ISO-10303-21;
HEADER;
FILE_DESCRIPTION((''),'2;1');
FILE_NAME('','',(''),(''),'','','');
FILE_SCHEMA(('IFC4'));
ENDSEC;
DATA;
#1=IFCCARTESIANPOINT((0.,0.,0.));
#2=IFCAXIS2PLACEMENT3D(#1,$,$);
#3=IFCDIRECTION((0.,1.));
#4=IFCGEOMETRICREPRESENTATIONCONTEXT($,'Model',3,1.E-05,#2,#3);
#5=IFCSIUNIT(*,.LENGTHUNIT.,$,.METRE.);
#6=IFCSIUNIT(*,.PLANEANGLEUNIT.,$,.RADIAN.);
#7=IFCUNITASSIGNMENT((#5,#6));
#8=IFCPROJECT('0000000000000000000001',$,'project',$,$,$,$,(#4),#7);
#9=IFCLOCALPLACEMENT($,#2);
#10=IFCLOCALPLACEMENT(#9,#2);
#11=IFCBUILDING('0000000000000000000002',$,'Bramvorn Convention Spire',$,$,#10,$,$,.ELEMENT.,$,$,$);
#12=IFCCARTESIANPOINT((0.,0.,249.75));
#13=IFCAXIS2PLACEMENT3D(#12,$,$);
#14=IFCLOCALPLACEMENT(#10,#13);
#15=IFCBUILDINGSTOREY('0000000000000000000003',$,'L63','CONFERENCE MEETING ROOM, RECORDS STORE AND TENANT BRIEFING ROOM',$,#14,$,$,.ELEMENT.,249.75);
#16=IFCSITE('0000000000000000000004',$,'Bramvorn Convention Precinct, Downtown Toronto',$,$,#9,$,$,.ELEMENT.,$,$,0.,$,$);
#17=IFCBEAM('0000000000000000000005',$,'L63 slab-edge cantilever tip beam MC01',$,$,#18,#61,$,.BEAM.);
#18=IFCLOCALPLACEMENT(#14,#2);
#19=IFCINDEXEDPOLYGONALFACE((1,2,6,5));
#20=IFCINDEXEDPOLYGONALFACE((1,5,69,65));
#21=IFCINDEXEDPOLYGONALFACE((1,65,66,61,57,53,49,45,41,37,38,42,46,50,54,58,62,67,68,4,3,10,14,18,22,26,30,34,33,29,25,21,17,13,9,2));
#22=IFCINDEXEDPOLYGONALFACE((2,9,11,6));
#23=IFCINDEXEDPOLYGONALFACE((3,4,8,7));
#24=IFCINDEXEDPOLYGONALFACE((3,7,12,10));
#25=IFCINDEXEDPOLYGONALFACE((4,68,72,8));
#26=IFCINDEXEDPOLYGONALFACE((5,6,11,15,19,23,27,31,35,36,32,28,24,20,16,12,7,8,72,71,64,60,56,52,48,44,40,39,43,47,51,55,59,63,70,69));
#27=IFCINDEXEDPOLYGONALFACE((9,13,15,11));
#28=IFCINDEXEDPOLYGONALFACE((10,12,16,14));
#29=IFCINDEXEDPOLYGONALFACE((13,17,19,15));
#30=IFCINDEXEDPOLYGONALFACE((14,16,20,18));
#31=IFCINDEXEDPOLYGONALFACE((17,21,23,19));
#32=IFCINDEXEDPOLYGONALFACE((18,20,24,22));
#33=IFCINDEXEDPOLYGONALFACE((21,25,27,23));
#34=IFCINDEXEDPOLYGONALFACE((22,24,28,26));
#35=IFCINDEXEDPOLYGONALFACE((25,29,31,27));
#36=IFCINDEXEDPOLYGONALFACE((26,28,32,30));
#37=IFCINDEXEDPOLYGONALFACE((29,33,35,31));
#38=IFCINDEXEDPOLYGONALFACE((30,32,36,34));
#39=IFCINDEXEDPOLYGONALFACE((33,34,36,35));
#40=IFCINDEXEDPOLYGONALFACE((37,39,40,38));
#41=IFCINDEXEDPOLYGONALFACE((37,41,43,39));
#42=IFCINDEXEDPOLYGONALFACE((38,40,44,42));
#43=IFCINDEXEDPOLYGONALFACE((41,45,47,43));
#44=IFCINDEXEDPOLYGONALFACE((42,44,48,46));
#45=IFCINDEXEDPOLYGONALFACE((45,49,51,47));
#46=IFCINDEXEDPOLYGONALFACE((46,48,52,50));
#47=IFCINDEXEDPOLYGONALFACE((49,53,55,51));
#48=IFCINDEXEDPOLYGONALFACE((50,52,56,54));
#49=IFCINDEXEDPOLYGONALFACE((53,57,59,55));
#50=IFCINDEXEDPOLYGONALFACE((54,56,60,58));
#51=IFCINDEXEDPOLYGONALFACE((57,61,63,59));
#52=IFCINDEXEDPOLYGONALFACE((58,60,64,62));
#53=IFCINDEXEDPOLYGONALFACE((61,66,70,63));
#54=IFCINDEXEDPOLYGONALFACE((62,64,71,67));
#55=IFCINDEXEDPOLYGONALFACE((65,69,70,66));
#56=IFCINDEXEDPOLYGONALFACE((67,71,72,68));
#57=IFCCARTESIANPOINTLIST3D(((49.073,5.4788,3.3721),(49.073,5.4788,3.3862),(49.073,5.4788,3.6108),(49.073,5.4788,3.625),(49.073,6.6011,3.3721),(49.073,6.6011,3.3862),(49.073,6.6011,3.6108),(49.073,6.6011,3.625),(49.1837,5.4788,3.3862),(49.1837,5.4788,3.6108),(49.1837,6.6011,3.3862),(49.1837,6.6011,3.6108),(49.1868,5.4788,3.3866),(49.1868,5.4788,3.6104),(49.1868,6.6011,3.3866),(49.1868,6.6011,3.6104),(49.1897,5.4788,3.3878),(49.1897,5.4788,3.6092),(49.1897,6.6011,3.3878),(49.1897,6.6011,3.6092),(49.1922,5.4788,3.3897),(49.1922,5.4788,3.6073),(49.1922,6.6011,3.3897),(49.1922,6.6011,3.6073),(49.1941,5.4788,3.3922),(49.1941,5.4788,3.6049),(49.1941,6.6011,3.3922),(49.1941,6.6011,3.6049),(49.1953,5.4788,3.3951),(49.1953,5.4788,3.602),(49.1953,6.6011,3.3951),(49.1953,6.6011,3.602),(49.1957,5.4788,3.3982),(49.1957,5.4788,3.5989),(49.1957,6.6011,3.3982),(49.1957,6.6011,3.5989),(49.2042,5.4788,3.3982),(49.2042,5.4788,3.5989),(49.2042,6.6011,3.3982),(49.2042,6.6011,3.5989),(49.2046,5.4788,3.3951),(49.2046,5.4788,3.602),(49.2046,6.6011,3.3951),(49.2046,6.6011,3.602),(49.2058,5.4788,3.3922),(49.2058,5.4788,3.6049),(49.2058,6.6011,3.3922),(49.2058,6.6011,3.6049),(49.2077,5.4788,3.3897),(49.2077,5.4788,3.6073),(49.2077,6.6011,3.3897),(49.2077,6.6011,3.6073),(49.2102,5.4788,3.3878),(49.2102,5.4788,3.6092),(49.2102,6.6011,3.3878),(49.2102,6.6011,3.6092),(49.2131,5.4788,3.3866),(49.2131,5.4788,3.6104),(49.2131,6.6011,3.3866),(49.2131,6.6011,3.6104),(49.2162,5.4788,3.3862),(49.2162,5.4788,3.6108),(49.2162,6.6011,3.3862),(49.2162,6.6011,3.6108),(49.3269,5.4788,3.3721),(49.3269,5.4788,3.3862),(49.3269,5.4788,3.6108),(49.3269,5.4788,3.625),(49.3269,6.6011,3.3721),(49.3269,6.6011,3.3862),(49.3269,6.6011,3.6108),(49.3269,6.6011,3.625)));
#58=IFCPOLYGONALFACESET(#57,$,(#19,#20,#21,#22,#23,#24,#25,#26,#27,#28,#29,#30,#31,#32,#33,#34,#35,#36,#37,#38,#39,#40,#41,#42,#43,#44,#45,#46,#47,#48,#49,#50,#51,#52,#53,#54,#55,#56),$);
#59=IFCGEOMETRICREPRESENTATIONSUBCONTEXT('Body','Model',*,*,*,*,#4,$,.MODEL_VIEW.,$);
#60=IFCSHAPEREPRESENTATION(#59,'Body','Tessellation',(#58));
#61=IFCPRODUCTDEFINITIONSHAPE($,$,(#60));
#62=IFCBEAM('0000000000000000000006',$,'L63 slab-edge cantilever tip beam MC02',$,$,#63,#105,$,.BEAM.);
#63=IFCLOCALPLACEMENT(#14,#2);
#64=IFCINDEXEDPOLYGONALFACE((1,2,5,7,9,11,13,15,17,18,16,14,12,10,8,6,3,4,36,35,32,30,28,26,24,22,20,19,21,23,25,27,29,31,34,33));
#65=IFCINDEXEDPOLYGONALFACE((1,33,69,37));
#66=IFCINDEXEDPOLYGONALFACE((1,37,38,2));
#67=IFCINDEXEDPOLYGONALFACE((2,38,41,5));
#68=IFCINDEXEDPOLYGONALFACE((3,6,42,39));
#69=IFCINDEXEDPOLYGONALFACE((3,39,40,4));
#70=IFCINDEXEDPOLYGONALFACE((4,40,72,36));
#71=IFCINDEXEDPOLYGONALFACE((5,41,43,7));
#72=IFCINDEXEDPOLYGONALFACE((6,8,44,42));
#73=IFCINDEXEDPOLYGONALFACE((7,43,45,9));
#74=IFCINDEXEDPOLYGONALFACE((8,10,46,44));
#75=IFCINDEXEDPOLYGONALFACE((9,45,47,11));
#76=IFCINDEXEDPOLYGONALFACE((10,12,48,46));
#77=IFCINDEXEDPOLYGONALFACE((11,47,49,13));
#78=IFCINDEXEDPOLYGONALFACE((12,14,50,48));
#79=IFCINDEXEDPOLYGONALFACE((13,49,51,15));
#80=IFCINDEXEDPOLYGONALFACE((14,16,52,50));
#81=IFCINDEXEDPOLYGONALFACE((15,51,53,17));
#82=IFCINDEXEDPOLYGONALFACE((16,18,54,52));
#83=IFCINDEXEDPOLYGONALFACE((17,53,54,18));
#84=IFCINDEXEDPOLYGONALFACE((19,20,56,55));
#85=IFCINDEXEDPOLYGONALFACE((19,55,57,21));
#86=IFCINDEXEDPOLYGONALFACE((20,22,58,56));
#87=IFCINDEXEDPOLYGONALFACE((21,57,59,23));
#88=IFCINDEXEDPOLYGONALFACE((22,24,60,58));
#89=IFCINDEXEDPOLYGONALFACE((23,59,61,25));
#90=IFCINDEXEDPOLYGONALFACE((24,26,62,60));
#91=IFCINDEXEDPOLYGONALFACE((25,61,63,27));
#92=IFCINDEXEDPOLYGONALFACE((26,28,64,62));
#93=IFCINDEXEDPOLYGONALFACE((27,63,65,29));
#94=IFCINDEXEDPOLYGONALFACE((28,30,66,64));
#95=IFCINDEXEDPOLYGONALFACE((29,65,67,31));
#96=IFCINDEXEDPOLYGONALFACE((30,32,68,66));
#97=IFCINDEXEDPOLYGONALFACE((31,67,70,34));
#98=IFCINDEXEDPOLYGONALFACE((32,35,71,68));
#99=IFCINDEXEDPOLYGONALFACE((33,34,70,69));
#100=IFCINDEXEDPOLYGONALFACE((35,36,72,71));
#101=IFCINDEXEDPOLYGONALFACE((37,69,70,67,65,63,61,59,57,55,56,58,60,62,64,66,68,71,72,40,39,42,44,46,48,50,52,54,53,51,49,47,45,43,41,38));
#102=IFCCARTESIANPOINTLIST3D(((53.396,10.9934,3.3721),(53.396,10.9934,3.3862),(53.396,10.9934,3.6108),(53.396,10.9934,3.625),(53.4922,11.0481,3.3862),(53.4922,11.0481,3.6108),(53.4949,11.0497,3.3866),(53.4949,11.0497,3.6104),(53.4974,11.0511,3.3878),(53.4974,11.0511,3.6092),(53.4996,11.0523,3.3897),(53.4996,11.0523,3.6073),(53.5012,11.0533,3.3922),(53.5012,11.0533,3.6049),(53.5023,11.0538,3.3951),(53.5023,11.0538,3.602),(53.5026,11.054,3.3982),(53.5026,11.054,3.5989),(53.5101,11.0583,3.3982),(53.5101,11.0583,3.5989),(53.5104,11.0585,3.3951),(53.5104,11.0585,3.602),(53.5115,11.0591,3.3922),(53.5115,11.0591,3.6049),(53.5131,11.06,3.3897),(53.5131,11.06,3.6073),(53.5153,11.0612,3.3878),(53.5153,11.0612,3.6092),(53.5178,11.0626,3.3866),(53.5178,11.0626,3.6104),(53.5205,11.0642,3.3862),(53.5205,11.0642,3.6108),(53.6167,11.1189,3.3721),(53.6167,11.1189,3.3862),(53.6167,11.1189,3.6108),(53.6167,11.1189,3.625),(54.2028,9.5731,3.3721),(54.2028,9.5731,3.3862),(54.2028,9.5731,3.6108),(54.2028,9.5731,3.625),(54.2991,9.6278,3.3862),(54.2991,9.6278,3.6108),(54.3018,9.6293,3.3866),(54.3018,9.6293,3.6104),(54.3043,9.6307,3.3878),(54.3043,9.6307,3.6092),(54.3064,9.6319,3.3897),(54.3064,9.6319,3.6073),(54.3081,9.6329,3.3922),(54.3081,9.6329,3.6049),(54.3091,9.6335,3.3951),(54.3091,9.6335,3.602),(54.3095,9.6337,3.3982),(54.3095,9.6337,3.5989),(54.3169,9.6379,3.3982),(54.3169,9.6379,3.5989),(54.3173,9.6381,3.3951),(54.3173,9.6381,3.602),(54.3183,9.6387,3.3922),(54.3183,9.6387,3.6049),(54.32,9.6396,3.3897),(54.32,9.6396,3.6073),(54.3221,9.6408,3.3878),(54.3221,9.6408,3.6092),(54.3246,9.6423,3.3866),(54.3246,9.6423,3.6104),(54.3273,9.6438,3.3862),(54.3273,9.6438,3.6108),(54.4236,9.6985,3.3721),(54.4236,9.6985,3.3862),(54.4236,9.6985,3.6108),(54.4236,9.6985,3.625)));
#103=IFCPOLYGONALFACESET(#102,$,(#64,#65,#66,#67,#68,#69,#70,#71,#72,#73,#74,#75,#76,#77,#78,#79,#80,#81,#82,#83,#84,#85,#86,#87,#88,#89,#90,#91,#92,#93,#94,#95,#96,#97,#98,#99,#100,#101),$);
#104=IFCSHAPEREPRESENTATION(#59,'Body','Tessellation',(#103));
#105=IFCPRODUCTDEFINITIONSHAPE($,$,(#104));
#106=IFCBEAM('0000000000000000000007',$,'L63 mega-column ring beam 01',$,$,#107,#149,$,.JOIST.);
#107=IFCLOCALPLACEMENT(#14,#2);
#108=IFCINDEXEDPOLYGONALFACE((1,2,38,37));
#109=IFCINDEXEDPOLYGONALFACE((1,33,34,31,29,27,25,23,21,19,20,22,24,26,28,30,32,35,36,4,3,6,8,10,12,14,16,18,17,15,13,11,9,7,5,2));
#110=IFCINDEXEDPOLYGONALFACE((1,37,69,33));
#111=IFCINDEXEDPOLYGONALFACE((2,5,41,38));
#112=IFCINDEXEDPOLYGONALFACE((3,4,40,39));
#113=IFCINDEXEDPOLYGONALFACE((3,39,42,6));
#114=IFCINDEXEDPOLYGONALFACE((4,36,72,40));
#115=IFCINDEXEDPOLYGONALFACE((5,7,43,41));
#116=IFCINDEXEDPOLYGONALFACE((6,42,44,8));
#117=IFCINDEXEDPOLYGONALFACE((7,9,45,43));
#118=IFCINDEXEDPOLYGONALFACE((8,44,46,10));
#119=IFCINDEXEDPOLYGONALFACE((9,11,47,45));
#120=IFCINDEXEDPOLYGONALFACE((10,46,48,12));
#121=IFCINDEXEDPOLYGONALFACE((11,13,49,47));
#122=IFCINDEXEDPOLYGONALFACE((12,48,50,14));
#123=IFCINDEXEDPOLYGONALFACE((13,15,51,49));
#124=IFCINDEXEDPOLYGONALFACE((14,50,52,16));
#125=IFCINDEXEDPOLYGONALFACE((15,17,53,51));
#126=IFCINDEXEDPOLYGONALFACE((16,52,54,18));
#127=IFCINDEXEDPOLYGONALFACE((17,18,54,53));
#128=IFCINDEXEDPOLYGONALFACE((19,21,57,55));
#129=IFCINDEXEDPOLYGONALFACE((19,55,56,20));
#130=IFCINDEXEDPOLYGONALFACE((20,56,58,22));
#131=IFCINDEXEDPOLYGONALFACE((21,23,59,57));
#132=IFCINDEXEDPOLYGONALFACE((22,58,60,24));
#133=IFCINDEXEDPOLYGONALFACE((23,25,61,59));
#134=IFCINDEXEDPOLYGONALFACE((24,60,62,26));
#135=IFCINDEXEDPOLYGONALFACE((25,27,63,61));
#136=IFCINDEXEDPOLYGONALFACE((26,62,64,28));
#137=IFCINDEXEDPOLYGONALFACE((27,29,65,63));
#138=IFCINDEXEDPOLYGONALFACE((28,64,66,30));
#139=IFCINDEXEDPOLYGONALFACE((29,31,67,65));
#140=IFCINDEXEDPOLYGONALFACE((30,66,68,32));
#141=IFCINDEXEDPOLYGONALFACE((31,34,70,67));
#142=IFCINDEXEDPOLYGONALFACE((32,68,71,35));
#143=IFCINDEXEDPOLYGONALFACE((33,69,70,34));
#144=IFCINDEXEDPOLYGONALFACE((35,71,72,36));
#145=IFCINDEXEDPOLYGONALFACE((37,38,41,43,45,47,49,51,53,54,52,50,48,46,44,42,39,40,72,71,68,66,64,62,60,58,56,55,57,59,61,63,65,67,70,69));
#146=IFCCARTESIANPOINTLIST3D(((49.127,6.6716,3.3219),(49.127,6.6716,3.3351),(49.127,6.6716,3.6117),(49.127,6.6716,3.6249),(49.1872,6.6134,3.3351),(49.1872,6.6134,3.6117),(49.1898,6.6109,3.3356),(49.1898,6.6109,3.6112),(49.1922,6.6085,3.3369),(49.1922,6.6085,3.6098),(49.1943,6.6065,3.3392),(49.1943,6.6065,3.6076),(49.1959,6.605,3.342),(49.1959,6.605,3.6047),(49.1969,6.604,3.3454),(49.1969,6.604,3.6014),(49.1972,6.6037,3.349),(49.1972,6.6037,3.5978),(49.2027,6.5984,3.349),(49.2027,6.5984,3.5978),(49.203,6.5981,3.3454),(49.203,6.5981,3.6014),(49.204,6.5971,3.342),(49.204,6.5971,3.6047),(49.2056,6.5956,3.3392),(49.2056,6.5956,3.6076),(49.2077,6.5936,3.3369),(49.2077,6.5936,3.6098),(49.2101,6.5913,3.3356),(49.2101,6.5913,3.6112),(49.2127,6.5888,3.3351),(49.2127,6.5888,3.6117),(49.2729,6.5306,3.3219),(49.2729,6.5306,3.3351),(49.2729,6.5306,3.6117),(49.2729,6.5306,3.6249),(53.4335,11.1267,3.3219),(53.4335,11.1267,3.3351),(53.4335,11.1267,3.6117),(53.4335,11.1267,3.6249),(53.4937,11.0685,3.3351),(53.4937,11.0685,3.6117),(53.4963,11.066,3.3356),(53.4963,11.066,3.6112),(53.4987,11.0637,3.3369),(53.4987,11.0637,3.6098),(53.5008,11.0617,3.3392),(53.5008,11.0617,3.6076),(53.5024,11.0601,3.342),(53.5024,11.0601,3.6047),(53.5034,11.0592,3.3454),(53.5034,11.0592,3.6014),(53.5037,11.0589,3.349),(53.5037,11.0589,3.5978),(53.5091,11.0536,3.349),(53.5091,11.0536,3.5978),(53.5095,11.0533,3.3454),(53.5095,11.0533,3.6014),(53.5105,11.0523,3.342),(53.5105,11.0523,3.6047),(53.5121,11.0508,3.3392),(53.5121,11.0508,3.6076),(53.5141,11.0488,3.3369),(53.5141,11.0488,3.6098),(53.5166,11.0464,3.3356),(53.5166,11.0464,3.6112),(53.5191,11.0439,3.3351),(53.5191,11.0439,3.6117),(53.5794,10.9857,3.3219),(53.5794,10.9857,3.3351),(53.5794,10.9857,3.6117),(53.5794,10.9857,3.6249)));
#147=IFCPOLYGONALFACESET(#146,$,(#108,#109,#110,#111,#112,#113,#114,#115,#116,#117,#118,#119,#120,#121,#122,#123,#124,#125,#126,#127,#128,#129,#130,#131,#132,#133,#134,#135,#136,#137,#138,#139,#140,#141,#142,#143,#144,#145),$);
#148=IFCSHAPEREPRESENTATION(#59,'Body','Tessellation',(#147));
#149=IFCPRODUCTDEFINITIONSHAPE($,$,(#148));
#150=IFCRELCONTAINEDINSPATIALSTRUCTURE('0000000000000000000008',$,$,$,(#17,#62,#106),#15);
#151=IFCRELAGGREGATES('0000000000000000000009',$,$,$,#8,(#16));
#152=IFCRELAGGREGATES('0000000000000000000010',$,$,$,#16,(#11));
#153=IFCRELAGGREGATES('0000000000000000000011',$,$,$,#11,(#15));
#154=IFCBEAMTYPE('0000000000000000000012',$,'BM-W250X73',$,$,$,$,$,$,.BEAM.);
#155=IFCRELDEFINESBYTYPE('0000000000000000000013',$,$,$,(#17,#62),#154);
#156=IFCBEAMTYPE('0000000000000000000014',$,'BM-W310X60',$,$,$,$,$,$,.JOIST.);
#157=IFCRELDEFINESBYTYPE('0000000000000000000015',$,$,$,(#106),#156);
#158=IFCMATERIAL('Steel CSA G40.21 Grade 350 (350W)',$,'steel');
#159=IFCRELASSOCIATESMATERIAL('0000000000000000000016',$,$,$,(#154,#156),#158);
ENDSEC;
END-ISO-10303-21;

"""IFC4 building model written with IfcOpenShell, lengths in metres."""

from ifc_helpers import new_model, si_unit, direction, frame, origin, origin_2d, place, context, subcontext, project, spatial, i_section, extrude, material, material_profile, profile_set, type_object, element, save


model = new_model("IFC4")

# Units and contexts
model_context = context("Model", 3, precision=1e-05, world=origin(), true_north=direction((0.0, 1.0)))
body_context = subcontext(model_context, "Body", "Model", "MODEL_VIEW")
ifc_project = project(units=[si_unit("LENGTHUNIT", "METRE"), si_unit("PLANEANGLEUNIT", "RADIAN")], contexts=[model_context])

# Site, building, storey
site_placement = place(None, origin())
site = spatial("IfcSite", under=ifc_project, at=site_placement, Name="Bramvorn Convention Precinct, Downtown Toronto", CompositionType="ELEMENT", RefElevation=0.0)
building_placement = place(site_placement, origin())
building = spatial("IfcBuilding", under=site, at=building_placement, Name="Bramvorn Convention Spire", CompositionType="ELEMENT")
storey_placement = place(building_placement, frame((0.0, 0.0, 249.75)))
storey = spatial("IfcBuildingStorey", under=building, at=storey_placement, Name="L63", Description="CONFERENCE MEETING ROOM, RECORDS STORE AND TENANT BRIEFING ROOM", CompositionType="ELEMENT", Elevation=249.75)

# Shared definitions
ifc_material_1 = material(Name="Steel CSA G40.21 Grade 350 (350W)", Category="steel")

# Beams
ifc_material_profile_1 = material_profile(ifc_material_1, i_section(OverallWidth=0.2539, OverallDepth=0.2529, WebThickness=0.0085, FlangeThickness=0.0142, FilletRadius=0.012, at=origin_2d()))
ifc_profile_set_1 = profile_set([ifc_material_profile_1], Name="Steel CSA G40.21 Grade 350 (350W) - W250X73")
beam_type_1 = type_object("IfcBeamType", Name="BM-W250X73", PredefinedType="BEAM", material=ifc_profile_set_1)
beam_1_placement = place(storey_placement, frame((49.2, 6.6011, 3.4985), z_axis=(0.0, -1.0, 0.0), x_axis=(1.0, 0.0, 0.0)))
element("IfcBeam", 1, at=beam_1_placement, inside=storey, type_object=beam_type_1, Name="L63 slab-edge cantilever tip beam MC01", PredefinedType="BEAM", context=body_context, shape_type="SweptSolid", body=[
    extrude(i_section(OverallWidth=0.2539, OverallDepth=0.2529, WebThickness=0.0085, FlangeThickness=0.0142, FilletRadius=0.012, at=origin_2d()), origin(), (0.0, 0.0, 1.0), 1.1223),
])
beam_2_placement = place(storey_placement, frame((53.5063, 11.0562, 3.4985), z_axis=(0.493932, -0.8695, 0.0), x_axis=(0.8695, 0.493932, 0.0)))
element("IfcBeam", 2, at=beam_2_placement, inside=storey, type_object=beam_type_1, Name="L63 slab-edge cantilever tip beam MC02", PredefinedType="BEAM", context=body_context, shape_type="SweptSolid", body=[
    extrude(i_section(OverallWidth=0.2539, OverallDepth=0.2529, WebThickness=0.0085, FlangeThickness=0.0142, FilletRadius=0.012, at=origin_2d()), origin(), (0.0, 0.0, 1.0), 1.6335),
])
ifc_material_profile_2 = material_profile(ifc_material_1, i_section(OverallWidth=0.2029, OverallDepth=0.303, WebThickness=0.0076, FlangeThickness=0.0132, FilletRadius=0.0139, at=origin_2d()))
ifc_profile_set_2 = profile_set([ifc_material_profile_2], Name="Steel CSA G40.21 Grade 350 (350W) - W310X60")
beam_type_2 = type_object("IfcBeamType", Name="BM-W310X60", PredefinedType="JOIST", material=ifc_profile_set_2)
beam_3_placement = place(storey_placement, frame((49.2, 6.6011, 3.4734), z_axis=(0.695007, 0.719003, 0.0), x_axis=(-0.719003, 0.695007, 0.0)))
element("IfcBeam", 3, at=beam_3_placement, inside=storey, type_object=beam_type_2, Name="L63 mega-column ring beam 01", PredefinedType="JOIST", context=body_context, shape_type="SweptSolid", body=[
    extrude(i_section(OverallWidth=0.2029, OverallDepth=0.303, WebThickness=0.0076, FlangeThickness=0.0132, FilletRadius=0.0139, at=origin_2d()), origin(), (0.0, 0.0, 1.0), 6.1963),
])

save(model, "model.ifc")
